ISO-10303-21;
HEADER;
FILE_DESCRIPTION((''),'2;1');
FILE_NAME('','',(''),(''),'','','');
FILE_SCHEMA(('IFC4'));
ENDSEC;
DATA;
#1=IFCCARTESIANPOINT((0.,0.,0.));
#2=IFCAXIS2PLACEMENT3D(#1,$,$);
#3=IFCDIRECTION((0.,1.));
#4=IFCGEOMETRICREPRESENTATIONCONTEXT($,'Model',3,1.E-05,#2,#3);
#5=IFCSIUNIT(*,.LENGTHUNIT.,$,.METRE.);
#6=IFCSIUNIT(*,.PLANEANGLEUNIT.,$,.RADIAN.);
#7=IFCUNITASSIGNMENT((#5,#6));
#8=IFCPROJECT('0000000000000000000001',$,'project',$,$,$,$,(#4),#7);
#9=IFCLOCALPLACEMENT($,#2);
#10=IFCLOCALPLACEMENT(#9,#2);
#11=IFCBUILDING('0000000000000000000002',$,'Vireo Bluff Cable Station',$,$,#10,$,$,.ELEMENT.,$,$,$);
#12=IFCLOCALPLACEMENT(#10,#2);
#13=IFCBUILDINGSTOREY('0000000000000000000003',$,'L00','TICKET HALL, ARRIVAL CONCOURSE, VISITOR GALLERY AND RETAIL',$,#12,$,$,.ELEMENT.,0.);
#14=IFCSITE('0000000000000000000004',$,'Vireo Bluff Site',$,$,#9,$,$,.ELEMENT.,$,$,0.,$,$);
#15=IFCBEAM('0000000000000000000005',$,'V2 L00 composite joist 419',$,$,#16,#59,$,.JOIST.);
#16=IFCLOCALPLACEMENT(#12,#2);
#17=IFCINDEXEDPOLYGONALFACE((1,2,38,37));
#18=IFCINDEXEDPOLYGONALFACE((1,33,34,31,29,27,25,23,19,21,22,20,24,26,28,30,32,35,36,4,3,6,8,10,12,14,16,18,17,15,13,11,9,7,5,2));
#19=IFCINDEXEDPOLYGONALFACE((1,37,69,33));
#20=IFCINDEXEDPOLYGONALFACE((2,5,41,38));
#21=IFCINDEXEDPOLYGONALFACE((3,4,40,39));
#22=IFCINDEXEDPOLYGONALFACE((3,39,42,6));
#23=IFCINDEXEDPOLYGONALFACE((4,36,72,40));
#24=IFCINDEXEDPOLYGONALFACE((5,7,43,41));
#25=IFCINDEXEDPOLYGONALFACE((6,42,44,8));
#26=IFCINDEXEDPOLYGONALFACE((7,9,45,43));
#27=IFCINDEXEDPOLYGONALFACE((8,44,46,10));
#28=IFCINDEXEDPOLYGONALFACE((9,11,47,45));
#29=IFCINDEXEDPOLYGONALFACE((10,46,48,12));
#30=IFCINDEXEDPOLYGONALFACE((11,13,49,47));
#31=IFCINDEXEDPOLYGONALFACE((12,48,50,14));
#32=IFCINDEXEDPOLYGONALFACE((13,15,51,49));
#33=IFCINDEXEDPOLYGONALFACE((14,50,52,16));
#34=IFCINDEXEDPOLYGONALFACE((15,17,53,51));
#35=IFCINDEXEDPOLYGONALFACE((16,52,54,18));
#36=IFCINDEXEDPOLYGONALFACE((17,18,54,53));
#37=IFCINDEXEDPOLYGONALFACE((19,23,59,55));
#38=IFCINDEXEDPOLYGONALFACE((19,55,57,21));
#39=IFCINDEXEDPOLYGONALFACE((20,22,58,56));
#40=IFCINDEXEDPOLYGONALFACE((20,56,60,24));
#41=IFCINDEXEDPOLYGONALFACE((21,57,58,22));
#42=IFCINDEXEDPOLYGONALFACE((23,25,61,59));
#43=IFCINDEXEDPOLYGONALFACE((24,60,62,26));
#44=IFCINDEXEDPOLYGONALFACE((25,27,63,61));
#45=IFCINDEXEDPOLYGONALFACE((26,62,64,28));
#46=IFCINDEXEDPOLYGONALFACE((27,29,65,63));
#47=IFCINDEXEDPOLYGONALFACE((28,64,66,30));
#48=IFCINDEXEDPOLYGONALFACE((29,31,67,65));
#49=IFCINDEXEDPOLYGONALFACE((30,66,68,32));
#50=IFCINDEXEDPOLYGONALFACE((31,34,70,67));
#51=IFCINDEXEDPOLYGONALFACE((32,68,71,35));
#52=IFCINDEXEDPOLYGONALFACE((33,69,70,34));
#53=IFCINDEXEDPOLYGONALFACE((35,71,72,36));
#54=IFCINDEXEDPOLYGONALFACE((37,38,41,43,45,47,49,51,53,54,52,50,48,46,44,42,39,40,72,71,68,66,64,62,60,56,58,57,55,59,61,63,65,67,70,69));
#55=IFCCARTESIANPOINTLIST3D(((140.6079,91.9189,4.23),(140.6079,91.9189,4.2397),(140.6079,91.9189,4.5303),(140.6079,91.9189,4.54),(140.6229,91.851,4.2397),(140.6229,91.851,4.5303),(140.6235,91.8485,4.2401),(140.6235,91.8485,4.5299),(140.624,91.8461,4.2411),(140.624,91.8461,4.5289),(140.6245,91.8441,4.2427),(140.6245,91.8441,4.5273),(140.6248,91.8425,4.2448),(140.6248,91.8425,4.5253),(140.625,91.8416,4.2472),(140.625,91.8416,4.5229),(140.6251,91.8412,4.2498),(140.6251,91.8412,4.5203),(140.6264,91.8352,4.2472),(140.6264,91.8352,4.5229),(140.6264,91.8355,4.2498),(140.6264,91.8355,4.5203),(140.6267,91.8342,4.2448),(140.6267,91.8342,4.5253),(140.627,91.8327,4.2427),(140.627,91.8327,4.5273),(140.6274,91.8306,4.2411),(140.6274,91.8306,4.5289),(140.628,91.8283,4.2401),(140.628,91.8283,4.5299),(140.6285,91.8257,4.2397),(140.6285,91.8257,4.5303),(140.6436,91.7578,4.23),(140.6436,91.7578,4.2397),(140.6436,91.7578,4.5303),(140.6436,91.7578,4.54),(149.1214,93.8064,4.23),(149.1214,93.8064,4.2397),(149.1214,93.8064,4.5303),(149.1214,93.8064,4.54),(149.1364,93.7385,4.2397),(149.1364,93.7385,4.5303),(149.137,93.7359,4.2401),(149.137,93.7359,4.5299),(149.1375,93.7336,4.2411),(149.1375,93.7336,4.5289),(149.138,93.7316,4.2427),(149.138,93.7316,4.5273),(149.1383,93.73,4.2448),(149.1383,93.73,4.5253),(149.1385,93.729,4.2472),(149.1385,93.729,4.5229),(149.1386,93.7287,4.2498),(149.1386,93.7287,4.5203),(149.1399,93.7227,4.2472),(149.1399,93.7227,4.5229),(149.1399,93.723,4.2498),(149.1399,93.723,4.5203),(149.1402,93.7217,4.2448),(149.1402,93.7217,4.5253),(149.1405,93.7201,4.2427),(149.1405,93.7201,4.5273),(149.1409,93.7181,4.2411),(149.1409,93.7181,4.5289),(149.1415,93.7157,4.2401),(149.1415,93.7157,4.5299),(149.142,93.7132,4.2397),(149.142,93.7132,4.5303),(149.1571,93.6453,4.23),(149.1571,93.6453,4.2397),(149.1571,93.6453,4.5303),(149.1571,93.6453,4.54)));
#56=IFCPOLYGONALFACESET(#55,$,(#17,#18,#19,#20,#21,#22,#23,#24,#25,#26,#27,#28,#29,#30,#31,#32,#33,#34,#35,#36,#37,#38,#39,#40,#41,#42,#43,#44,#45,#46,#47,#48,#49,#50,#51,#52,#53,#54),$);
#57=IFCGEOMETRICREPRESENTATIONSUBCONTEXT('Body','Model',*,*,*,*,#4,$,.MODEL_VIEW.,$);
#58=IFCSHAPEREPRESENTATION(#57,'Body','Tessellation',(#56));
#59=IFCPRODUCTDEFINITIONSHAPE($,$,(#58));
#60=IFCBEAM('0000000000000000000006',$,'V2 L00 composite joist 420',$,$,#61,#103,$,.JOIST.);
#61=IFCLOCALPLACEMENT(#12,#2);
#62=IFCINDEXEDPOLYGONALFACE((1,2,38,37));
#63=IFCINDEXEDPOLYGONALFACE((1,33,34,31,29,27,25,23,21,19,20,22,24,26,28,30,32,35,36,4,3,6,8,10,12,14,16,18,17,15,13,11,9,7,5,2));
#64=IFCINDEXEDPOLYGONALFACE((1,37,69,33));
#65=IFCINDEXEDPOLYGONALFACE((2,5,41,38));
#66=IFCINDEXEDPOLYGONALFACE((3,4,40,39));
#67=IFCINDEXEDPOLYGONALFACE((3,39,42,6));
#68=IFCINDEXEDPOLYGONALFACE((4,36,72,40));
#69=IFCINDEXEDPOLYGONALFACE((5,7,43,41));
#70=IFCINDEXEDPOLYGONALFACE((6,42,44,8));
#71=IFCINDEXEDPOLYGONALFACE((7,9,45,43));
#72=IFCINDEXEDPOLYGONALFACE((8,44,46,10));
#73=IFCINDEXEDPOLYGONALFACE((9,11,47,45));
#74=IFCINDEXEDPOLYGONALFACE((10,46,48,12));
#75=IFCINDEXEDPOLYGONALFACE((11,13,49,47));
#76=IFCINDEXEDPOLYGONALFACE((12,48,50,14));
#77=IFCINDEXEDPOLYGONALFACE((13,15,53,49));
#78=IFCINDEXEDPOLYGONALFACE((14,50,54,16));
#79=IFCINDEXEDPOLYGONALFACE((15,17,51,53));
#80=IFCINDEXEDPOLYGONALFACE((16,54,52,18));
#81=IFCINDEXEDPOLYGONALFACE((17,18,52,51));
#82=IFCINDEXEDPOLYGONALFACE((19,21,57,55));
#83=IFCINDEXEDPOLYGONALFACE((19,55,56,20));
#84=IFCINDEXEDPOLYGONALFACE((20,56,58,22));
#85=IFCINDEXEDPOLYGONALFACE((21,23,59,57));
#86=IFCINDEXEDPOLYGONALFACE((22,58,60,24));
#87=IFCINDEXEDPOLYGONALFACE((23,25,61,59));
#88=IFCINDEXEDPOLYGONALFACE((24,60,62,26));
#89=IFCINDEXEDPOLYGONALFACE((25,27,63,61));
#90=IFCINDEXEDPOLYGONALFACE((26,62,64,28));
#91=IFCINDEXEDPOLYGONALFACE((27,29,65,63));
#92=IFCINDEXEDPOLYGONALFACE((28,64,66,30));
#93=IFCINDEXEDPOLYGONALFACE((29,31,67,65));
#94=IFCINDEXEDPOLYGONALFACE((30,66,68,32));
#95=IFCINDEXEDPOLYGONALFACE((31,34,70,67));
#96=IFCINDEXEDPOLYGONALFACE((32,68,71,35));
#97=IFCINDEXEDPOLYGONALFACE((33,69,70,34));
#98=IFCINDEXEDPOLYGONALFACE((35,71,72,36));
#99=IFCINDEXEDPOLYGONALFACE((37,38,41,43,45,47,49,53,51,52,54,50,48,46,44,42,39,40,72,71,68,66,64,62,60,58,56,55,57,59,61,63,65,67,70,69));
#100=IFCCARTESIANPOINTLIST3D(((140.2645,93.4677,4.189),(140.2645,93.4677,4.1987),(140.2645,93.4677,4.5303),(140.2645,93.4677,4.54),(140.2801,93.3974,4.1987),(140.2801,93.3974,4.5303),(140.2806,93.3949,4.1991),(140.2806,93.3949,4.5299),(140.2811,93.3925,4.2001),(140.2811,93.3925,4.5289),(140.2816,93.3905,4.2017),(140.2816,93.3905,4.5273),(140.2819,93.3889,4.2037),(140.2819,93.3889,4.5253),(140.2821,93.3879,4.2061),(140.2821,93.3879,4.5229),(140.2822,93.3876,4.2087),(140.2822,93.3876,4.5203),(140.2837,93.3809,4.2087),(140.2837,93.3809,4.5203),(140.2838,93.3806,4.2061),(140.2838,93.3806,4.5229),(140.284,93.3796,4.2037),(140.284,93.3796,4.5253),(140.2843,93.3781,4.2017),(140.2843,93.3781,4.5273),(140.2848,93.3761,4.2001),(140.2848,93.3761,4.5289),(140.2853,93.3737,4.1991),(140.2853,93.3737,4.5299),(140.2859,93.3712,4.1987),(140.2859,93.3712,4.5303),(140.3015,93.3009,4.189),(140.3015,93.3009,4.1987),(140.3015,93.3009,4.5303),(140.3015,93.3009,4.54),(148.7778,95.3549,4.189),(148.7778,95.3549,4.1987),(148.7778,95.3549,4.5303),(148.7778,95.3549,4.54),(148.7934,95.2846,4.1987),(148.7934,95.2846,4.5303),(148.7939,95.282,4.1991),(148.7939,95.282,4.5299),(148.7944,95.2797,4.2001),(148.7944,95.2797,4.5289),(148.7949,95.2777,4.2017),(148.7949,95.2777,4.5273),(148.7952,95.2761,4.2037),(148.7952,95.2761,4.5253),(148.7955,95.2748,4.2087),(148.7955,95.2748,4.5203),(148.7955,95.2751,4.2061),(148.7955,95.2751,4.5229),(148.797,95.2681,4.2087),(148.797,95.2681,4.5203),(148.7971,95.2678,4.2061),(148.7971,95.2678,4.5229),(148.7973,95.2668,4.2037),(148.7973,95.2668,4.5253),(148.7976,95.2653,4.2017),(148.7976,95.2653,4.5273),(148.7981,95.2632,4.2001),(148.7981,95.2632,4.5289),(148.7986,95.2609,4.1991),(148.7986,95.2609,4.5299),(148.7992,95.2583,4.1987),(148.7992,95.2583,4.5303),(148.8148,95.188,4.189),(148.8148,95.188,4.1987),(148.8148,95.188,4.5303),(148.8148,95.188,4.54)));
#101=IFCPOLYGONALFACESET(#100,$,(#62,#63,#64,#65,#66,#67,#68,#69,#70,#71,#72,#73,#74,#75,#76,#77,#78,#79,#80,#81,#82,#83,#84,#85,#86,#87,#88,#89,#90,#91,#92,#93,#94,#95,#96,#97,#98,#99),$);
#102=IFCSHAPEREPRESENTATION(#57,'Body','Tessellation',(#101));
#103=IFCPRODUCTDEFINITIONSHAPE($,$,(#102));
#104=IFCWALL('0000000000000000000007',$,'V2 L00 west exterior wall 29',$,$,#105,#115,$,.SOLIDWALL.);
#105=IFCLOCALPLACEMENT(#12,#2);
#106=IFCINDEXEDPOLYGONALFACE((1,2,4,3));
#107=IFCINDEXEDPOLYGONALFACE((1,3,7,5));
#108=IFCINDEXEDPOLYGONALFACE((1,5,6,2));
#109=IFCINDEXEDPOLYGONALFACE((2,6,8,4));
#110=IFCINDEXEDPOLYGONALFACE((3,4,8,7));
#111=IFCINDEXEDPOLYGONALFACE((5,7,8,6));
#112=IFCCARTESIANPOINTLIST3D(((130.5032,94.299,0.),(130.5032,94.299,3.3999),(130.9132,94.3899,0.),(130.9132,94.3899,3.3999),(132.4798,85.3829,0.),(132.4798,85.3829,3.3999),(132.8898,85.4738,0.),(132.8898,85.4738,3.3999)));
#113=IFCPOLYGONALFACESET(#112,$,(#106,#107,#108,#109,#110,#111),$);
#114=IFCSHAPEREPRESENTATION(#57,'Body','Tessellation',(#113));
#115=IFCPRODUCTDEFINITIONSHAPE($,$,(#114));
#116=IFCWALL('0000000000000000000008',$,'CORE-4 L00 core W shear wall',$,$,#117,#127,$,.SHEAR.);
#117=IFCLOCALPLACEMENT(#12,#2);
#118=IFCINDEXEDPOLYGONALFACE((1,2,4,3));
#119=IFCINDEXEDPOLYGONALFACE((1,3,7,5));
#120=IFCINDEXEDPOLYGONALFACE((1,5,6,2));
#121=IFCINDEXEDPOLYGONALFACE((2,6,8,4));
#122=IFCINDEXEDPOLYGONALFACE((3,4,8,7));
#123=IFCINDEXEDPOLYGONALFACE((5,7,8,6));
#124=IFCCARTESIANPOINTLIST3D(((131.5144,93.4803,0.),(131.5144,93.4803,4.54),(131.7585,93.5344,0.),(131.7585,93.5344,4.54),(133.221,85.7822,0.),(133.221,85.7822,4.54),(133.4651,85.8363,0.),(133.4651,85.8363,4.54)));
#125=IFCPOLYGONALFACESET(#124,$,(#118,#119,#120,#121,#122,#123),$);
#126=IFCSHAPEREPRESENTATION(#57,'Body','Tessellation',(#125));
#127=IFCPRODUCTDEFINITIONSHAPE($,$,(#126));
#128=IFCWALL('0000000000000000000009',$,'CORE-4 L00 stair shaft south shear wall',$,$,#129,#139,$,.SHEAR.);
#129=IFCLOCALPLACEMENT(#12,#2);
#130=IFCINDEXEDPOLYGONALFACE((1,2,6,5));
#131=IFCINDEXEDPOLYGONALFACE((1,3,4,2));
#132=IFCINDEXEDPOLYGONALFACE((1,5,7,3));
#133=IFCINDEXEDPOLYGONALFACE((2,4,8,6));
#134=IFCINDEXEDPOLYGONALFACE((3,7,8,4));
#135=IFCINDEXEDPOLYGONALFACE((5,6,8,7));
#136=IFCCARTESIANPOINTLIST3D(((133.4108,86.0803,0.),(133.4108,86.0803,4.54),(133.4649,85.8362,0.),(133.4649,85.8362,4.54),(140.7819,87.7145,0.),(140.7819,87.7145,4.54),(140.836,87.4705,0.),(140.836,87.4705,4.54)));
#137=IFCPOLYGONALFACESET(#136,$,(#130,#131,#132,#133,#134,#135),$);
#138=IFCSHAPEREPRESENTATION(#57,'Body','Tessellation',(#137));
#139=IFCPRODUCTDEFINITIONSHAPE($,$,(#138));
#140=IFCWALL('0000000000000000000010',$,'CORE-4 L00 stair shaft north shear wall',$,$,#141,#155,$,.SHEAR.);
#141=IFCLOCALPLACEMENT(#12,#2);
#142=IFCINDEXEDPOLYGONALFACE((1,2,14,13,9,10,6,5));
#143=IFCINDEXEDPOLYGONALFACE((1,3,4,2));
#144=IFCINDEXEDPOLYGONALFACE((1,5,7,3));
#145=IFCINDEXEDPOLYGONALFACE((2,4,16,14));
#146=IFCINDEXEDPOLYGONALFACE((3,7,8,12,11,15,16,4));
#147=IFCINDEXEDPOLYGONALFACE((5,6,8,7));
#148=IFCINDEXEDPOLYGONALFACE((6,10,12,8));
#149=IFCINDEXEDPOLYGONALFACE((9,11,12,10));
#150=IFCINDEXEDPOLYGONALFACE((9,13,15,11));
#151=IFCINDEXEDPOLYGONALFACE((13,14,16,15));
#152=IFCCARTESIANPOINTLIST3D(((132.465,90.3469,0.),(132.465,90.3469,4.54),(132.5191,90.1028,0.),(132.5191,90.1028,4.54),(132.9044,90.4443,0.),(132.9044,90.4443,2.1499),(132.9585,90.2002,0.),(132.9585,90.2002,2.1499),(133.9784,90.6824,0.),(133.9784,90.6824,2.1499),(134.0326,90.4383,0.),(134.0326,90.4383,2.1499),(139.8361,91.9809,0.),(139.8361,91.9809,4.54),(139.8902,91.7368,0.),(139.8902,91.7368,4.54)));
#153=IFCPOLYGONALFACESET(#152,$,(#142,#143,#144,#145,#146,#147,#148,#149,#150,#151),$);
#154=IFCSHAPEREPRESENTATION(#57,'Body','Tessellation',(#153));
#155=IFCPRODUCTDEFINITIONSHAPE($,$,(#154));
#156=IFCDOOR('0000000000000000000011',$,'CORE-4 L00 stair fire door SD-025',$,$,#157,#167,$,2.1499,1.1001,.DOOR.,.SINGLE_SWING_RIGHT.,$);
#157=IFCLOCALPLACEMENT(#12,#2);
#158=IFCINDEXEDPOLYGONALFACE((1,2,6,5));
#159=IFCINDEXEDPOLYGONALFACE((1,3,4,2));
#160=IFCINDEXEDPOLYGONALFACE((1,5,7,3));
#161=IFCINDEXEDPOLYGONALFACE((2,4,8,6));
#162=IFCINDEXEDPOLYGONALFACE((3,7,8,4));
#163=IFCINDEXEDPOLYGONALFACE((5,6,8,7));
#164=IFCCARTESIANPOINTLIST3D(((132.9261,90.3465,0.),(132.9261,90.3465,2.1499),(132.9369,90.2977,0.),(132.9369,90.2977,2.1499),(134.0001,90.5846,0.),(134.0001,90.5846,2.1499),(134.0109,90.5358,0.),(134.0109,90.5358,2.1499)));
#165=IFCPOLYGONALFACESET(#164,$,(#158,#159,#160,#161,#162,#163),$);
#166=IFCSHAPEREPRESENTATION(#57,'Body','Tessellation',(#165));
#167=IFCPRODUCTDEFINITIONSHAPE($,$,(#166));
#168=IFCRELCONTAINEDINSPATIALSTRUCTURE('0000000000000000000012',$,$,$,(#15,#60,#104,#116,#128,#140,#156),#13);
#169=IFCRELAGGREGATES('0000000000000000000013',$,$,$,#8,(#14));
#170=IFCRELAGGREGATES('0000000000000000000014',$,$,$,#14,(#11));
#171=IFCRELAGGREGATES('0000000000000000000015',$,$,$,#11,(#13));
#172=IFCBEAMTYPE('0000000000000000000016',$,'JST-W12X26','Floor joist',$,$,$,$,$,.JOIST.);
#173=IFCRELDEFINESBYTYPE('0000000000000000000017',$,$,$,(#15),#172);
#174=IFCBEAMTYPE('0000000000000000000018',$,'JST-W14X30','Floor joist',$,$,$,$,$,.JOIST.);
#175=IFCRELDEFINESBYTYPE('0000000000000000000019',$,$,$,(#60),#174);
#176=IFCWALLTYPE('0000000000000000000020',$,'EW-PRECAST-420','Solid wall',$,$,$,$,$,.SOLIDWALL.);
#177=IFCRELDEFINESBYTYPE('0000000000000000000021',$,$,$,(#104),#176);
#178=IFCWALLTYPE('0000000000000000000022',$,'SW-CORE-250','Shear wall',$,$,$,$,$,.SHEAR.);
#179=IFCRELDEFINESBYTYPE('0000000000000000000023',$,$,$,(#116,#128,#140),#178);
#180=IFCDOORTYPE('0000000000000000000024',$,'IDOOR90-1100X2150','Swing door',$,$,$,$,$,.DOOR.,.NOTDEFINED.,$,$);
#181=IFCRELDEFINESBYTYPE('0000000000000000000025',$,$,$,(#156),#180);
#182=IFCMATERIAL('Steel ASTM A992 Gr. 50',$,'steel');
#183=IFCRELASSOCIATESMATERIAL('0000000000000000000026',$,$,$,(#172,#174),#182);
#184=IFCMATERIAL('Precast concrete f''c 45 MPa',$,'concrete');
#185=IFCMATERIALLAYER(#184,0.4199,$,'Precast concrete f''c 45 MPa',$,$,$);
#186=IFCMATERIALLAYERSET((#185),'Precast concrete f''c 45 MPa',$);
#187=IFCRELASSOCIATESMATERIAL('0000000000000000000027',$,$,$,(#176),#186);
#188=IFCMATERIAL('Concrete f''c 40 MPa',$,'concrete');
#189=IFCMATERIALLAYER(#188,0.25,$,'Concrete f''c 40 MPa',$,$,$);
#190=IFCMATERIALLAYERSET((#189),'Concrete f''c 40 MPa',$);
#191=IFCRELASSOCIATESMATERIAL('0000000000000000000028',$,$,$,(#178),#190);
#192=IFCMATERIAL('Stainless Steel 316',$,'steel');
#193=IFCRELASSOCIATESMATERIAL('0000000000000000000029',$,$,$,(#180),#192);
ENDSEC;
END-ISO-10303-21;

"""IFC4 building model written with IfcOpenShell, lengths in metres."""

from ifc_helpers import new_model, si_unit, direction, frame, frame_2d, origin, origin_with_axes, origin_2d, place, context, subcontext, project, spatial, rectangle, i_section, extrude, material, layer, layer_set, material_profile, profile_set, type_object, element, fill, save


model = new_model("IFC4")

# Units and contexts
model_context = context("Model", 3, precision=1e-05, world=origin(), true_north=direction((0.0, 1.0)))
body_context = subcontext(model_context, "Body", "Model", "MODEL_VIEW")
ifc_project = project(units=[si_unit("LENGTHUNIT", "METRE"), si_unit("PLANEANGLEUNIT", "RADIAN")], contexts=[model_context])

# Site, building, storey
site_placement = place(None, origin())
site = spatial("IfcSite", under=ifc_project, at=site_placement, Name="Vireo Bluff Site", CompositionType="ELEMENT", RefElevation=0.0)
building_placement = place(site_placement, origin())
building = spatial("IfcBuilding", under=site, at=building_placement, Name="Vireo Bluff Cable Station", CompositionType="ELEMENT")
storey_placement = place(building_placement, origin())
storey = spatial("IfcBuildingStorey", under=building, at=storey_placement, Name="L00", Description="TICKET HALL, ARRIVAL CONCOURSE, VISITOR GALLERY AND RETAIL", CompositionType="ELEMENT", Elevation=0.0)

# Shared definitions
ifc_material_1 = material(Name="Concrete f'c 40 MPa", Category="concrete")

# Beams
ifc_material_2 = material(Name="Steel ASTM A992 Gr. 50", Category="steel")
ifc_material_profile_1 = material_profile(ifc_material_2, i_section(OverallWidth=0.165, OverallDepth=0.3101, WebThickness=0.0059, FlangeThickness=0.0098, FilletRadius=0.01, at=origin_2d()), Name="W12X26")
ifc_profile_set_1 = profile_set([ifc_material_profile_1], Name="Steel ASTM A992 Gr. 50")
beam_type_1 = type_object("IfcBeamType", Name="JST-W12X26", Description="Floor joist", PredefinedType="JOIST", material=ifc_profile_set_1)
beam_1_placement = place(storey_placement, frame((140.6257, 91.8384, 4.385), z_axis=(0.976294, 0.216447, 0.0), x_axis=(-0.216447, 0.976294, 0.0)))
element("IfcBeam", 1, at=beam_1_placement, inside=storey, type_object=beam_type_1, Name="V2 L00 composite joist 419", PredefinedType="JOIST", context=body_context, shape_type="SweptSolid", body=[
    extrude(i_section(OverallWidth=0.165, OverallDepth=0.3101, WebThickness=0.0059, FlangeThickness=0.0098, FilletRadius=0.01, at=origin_2d()), origin(), (0.0, 0.0, 1.0), 8.7202),
])
ifc_material_profile_2 = material_profile(ifc_material_2, i_section(OverallWidth=0.1709, OverallDepth=0.3511, WebThickness=0.0068, FlangeThickness=0.0098, FilletRadius=0.01, at=origin_2d()), Name="W14X30")
ifc_profile_set_2 = profile_set([ifc_material_profile_2], Name="Steel ASTM A992 Gr. 50")
beam_type_2 = type_object("IfcBeamType", Name="JST-W14X30", Description="Floor joist", PredefinedType="JOIST", material=ifc_profile_set_2)
beam_2_placement = place(storey_placement, frame((140.283, 93.3843, 4.3645), z_axis=(0.9763, 0.216421, 0.0), x_axis=(-0.216421, 0.9763, 0.0)))
element("IfcBeam", 2, at=beam_2_placement, inside=storey, type_object=beam_type_2, Name="V2 L00 composite joist 420", PredefinedType="JOIST", context=body_context, shape_type="SweptSolid", body=[
    extrude(i_section(OverallWidth=0.1709, OverallDepth=0.3511, WebThickness=0.0068, FlangeThickness=0.0098, FilletRadius=0.01, at=origin_2d()), origin(), (0.0, 0.0, 1.0), 8.72),
])

# Walls
ifc_material_3 = material(Name="Precast concrete f'c 45 MPa", Category="concrete")
ifc_layer_1 = layer(ifc_material_3, 0.4199, Name="Precast concrete f'c 45 MPa")
ifc_layer_set_1 = layer_set([ifc_layer_1], Name="Precast concrete f'c 45 MPa")
wall_type_1 = type_object("IfcWallType", Name="EW-PRECAST-420", Description="Solid wall", PredefinedType="SOLIDWALL", material=ifc_layer_set_1)
wall_1_placement = place(storey_placement, frame((132.6848, 85.4282, 0.0), z_axis=(0.0, 0.0, 1.0), x_axis=(-0.216432, 0.976298, 0.0)))
element("IfcWall", 3, at=wall_1_placement, inside=storey, type_object=wall_type_1, Name="V2 L00 west exterior wall 29", PredefinedType="SOLIDWALL", context=body_context, shape_type="SweptSolid", body=[
    extrude(rectangle(XDim=9.1326, YDim=0.4199, at=frame_2d((4.5664, 0.0))), origin(), (0.0, 0.0, 1.0), 3.3999),
])
ifc_layer_2 = layer(ifc_material_1, 0.25, Name="Concrete f'c 40 MPa")
ifc_layer_set_2 = layer_set([ifc_layer_2], Name="Concrete f'c 40 MPa")
wall_type_2 = type_object("IfcWallType", Name="SW-CORE-250", Description="Shear wall", PredefinedType="SHEAR", material=ifc_layer_set_2)
wall_2_placement = place(storey_placement, frame((133.343, 85.8093, 0.0), z_axis=(0.0, 0.0, 1.0), x_axis=(-0.216432, 0.976298, 0.0)))
element("IfcWall", 4, at=wall_2_placement, inside=storey, type_object=wall_type_2, Name="CORE-4 L00 core W shear wall", PredefinedType="SHEAR", context=body_context, shape_type="SweptSolid", body=[
    extrude(rectangle(XDim=7.885, YDim=0.25, at=frame_2d((3.9424, 0.0))), origin(), (0.0, 0.0, 1.0), 4.54),
])
wall_3_placement = place(storey_placement, frame((133.438, 85.9583, 0.0), z_axis=(0.0, 0.0, 1.0), x_axis=(0.976292, 0.216458, 0.0)))
element("IfcWall", 5, at=wall_3_placement, inside=storey, type_object=wall_type_2, Name="CORE-4 L00 stair shaft south shear wall", PredefinedType="SHEAR", context=body_context, shape_type="SweptSolid", body=[
    extrude(rectangle(XDim=7.55, YDim=0.25, at=frame_2d((3.7749, 0.0))), origin(), (0.0, 0.0, 1.0), 4.54),
])

# Wall, opening, door
wall_4_placement = place(storey_placement, frame((132.4922, 90.2249, 0.0), z_axis=(0.0, 0.0, 1.0), x_axis=(0.976299, 0.216427, 0.0)))
wall_4 = element("IfcWall", 6, at=wall_4_placement, inside=storey, type_object=wall_type_2, Name="CORE-4 L00 stair shaft north shear wall", PredefinedType="SHEAR", context=body_context, shape_type="SweptSolid", body=[
    extrude(rectangle(XDim=7.55, YDim=0.25, at=frame_2d((3.7749, 0.0))), origin(), (0.0, 0.0, 1.0), 4.54),
])
opening_1_placement = place(wall_4_placement, frame((0.45, 0.0, 0.0)))
opening_1 = element("IfcOpeningElement", 7, at=opening_1_placement, cuts=wall_4, PredefinedType="OPENING", context=body_context, shape_type="SweptSolid", body=[
    extrude(rectangle(XDim=1.1001, YDim=2.1499, at=frame_2d((0.55, 1.075))), frame((0.0, 0.135, 0.0), z_axis=(0.0, -1.0, 0.0), x_axis=(1.0, 0.0, 0.0)), (0.0, 0.0, 1.0), 0.27),
])
ifc_material_4 = material(Name="Stainless Steel 316", Category="steel")
door_type_1 = type_object("IfcDoorType", Name="IDOOR90-1100X2150", Description="Swing door", OperationType="NOTDEFINED", PredefinedType="DOOR", material=ifc_material_4)
door_1_placement = place(opening_1_placement, origin_with_axes())
door_1 = element("IfcDoor", 8, at=door_1_placement, inside=storey, type_object=door_type_1, Name="CORE-4 L00 stair fire door SD-025", OperationType="SINGLE_SWING_RIGHT", OverallHeight=2.1499, OverallWidth=1.1001, PredefinedType="DOOR", context=body_context, shape_type="SweptSolid", body=[
    extrude(rectangle(XDim=1.1001, YDim=2.1499, at=frame_2d((0.55, 1.075))), frame((0.0, 0.0249, 0.0), z_axis=(0.0, -1.0, 0.0), x_axis=(1.0, 0.0, 0.0)), (0.0, 0.0, 1.0), 0.05),
])
fill(opening_1, door_1)

save(model, "model.ifc")
